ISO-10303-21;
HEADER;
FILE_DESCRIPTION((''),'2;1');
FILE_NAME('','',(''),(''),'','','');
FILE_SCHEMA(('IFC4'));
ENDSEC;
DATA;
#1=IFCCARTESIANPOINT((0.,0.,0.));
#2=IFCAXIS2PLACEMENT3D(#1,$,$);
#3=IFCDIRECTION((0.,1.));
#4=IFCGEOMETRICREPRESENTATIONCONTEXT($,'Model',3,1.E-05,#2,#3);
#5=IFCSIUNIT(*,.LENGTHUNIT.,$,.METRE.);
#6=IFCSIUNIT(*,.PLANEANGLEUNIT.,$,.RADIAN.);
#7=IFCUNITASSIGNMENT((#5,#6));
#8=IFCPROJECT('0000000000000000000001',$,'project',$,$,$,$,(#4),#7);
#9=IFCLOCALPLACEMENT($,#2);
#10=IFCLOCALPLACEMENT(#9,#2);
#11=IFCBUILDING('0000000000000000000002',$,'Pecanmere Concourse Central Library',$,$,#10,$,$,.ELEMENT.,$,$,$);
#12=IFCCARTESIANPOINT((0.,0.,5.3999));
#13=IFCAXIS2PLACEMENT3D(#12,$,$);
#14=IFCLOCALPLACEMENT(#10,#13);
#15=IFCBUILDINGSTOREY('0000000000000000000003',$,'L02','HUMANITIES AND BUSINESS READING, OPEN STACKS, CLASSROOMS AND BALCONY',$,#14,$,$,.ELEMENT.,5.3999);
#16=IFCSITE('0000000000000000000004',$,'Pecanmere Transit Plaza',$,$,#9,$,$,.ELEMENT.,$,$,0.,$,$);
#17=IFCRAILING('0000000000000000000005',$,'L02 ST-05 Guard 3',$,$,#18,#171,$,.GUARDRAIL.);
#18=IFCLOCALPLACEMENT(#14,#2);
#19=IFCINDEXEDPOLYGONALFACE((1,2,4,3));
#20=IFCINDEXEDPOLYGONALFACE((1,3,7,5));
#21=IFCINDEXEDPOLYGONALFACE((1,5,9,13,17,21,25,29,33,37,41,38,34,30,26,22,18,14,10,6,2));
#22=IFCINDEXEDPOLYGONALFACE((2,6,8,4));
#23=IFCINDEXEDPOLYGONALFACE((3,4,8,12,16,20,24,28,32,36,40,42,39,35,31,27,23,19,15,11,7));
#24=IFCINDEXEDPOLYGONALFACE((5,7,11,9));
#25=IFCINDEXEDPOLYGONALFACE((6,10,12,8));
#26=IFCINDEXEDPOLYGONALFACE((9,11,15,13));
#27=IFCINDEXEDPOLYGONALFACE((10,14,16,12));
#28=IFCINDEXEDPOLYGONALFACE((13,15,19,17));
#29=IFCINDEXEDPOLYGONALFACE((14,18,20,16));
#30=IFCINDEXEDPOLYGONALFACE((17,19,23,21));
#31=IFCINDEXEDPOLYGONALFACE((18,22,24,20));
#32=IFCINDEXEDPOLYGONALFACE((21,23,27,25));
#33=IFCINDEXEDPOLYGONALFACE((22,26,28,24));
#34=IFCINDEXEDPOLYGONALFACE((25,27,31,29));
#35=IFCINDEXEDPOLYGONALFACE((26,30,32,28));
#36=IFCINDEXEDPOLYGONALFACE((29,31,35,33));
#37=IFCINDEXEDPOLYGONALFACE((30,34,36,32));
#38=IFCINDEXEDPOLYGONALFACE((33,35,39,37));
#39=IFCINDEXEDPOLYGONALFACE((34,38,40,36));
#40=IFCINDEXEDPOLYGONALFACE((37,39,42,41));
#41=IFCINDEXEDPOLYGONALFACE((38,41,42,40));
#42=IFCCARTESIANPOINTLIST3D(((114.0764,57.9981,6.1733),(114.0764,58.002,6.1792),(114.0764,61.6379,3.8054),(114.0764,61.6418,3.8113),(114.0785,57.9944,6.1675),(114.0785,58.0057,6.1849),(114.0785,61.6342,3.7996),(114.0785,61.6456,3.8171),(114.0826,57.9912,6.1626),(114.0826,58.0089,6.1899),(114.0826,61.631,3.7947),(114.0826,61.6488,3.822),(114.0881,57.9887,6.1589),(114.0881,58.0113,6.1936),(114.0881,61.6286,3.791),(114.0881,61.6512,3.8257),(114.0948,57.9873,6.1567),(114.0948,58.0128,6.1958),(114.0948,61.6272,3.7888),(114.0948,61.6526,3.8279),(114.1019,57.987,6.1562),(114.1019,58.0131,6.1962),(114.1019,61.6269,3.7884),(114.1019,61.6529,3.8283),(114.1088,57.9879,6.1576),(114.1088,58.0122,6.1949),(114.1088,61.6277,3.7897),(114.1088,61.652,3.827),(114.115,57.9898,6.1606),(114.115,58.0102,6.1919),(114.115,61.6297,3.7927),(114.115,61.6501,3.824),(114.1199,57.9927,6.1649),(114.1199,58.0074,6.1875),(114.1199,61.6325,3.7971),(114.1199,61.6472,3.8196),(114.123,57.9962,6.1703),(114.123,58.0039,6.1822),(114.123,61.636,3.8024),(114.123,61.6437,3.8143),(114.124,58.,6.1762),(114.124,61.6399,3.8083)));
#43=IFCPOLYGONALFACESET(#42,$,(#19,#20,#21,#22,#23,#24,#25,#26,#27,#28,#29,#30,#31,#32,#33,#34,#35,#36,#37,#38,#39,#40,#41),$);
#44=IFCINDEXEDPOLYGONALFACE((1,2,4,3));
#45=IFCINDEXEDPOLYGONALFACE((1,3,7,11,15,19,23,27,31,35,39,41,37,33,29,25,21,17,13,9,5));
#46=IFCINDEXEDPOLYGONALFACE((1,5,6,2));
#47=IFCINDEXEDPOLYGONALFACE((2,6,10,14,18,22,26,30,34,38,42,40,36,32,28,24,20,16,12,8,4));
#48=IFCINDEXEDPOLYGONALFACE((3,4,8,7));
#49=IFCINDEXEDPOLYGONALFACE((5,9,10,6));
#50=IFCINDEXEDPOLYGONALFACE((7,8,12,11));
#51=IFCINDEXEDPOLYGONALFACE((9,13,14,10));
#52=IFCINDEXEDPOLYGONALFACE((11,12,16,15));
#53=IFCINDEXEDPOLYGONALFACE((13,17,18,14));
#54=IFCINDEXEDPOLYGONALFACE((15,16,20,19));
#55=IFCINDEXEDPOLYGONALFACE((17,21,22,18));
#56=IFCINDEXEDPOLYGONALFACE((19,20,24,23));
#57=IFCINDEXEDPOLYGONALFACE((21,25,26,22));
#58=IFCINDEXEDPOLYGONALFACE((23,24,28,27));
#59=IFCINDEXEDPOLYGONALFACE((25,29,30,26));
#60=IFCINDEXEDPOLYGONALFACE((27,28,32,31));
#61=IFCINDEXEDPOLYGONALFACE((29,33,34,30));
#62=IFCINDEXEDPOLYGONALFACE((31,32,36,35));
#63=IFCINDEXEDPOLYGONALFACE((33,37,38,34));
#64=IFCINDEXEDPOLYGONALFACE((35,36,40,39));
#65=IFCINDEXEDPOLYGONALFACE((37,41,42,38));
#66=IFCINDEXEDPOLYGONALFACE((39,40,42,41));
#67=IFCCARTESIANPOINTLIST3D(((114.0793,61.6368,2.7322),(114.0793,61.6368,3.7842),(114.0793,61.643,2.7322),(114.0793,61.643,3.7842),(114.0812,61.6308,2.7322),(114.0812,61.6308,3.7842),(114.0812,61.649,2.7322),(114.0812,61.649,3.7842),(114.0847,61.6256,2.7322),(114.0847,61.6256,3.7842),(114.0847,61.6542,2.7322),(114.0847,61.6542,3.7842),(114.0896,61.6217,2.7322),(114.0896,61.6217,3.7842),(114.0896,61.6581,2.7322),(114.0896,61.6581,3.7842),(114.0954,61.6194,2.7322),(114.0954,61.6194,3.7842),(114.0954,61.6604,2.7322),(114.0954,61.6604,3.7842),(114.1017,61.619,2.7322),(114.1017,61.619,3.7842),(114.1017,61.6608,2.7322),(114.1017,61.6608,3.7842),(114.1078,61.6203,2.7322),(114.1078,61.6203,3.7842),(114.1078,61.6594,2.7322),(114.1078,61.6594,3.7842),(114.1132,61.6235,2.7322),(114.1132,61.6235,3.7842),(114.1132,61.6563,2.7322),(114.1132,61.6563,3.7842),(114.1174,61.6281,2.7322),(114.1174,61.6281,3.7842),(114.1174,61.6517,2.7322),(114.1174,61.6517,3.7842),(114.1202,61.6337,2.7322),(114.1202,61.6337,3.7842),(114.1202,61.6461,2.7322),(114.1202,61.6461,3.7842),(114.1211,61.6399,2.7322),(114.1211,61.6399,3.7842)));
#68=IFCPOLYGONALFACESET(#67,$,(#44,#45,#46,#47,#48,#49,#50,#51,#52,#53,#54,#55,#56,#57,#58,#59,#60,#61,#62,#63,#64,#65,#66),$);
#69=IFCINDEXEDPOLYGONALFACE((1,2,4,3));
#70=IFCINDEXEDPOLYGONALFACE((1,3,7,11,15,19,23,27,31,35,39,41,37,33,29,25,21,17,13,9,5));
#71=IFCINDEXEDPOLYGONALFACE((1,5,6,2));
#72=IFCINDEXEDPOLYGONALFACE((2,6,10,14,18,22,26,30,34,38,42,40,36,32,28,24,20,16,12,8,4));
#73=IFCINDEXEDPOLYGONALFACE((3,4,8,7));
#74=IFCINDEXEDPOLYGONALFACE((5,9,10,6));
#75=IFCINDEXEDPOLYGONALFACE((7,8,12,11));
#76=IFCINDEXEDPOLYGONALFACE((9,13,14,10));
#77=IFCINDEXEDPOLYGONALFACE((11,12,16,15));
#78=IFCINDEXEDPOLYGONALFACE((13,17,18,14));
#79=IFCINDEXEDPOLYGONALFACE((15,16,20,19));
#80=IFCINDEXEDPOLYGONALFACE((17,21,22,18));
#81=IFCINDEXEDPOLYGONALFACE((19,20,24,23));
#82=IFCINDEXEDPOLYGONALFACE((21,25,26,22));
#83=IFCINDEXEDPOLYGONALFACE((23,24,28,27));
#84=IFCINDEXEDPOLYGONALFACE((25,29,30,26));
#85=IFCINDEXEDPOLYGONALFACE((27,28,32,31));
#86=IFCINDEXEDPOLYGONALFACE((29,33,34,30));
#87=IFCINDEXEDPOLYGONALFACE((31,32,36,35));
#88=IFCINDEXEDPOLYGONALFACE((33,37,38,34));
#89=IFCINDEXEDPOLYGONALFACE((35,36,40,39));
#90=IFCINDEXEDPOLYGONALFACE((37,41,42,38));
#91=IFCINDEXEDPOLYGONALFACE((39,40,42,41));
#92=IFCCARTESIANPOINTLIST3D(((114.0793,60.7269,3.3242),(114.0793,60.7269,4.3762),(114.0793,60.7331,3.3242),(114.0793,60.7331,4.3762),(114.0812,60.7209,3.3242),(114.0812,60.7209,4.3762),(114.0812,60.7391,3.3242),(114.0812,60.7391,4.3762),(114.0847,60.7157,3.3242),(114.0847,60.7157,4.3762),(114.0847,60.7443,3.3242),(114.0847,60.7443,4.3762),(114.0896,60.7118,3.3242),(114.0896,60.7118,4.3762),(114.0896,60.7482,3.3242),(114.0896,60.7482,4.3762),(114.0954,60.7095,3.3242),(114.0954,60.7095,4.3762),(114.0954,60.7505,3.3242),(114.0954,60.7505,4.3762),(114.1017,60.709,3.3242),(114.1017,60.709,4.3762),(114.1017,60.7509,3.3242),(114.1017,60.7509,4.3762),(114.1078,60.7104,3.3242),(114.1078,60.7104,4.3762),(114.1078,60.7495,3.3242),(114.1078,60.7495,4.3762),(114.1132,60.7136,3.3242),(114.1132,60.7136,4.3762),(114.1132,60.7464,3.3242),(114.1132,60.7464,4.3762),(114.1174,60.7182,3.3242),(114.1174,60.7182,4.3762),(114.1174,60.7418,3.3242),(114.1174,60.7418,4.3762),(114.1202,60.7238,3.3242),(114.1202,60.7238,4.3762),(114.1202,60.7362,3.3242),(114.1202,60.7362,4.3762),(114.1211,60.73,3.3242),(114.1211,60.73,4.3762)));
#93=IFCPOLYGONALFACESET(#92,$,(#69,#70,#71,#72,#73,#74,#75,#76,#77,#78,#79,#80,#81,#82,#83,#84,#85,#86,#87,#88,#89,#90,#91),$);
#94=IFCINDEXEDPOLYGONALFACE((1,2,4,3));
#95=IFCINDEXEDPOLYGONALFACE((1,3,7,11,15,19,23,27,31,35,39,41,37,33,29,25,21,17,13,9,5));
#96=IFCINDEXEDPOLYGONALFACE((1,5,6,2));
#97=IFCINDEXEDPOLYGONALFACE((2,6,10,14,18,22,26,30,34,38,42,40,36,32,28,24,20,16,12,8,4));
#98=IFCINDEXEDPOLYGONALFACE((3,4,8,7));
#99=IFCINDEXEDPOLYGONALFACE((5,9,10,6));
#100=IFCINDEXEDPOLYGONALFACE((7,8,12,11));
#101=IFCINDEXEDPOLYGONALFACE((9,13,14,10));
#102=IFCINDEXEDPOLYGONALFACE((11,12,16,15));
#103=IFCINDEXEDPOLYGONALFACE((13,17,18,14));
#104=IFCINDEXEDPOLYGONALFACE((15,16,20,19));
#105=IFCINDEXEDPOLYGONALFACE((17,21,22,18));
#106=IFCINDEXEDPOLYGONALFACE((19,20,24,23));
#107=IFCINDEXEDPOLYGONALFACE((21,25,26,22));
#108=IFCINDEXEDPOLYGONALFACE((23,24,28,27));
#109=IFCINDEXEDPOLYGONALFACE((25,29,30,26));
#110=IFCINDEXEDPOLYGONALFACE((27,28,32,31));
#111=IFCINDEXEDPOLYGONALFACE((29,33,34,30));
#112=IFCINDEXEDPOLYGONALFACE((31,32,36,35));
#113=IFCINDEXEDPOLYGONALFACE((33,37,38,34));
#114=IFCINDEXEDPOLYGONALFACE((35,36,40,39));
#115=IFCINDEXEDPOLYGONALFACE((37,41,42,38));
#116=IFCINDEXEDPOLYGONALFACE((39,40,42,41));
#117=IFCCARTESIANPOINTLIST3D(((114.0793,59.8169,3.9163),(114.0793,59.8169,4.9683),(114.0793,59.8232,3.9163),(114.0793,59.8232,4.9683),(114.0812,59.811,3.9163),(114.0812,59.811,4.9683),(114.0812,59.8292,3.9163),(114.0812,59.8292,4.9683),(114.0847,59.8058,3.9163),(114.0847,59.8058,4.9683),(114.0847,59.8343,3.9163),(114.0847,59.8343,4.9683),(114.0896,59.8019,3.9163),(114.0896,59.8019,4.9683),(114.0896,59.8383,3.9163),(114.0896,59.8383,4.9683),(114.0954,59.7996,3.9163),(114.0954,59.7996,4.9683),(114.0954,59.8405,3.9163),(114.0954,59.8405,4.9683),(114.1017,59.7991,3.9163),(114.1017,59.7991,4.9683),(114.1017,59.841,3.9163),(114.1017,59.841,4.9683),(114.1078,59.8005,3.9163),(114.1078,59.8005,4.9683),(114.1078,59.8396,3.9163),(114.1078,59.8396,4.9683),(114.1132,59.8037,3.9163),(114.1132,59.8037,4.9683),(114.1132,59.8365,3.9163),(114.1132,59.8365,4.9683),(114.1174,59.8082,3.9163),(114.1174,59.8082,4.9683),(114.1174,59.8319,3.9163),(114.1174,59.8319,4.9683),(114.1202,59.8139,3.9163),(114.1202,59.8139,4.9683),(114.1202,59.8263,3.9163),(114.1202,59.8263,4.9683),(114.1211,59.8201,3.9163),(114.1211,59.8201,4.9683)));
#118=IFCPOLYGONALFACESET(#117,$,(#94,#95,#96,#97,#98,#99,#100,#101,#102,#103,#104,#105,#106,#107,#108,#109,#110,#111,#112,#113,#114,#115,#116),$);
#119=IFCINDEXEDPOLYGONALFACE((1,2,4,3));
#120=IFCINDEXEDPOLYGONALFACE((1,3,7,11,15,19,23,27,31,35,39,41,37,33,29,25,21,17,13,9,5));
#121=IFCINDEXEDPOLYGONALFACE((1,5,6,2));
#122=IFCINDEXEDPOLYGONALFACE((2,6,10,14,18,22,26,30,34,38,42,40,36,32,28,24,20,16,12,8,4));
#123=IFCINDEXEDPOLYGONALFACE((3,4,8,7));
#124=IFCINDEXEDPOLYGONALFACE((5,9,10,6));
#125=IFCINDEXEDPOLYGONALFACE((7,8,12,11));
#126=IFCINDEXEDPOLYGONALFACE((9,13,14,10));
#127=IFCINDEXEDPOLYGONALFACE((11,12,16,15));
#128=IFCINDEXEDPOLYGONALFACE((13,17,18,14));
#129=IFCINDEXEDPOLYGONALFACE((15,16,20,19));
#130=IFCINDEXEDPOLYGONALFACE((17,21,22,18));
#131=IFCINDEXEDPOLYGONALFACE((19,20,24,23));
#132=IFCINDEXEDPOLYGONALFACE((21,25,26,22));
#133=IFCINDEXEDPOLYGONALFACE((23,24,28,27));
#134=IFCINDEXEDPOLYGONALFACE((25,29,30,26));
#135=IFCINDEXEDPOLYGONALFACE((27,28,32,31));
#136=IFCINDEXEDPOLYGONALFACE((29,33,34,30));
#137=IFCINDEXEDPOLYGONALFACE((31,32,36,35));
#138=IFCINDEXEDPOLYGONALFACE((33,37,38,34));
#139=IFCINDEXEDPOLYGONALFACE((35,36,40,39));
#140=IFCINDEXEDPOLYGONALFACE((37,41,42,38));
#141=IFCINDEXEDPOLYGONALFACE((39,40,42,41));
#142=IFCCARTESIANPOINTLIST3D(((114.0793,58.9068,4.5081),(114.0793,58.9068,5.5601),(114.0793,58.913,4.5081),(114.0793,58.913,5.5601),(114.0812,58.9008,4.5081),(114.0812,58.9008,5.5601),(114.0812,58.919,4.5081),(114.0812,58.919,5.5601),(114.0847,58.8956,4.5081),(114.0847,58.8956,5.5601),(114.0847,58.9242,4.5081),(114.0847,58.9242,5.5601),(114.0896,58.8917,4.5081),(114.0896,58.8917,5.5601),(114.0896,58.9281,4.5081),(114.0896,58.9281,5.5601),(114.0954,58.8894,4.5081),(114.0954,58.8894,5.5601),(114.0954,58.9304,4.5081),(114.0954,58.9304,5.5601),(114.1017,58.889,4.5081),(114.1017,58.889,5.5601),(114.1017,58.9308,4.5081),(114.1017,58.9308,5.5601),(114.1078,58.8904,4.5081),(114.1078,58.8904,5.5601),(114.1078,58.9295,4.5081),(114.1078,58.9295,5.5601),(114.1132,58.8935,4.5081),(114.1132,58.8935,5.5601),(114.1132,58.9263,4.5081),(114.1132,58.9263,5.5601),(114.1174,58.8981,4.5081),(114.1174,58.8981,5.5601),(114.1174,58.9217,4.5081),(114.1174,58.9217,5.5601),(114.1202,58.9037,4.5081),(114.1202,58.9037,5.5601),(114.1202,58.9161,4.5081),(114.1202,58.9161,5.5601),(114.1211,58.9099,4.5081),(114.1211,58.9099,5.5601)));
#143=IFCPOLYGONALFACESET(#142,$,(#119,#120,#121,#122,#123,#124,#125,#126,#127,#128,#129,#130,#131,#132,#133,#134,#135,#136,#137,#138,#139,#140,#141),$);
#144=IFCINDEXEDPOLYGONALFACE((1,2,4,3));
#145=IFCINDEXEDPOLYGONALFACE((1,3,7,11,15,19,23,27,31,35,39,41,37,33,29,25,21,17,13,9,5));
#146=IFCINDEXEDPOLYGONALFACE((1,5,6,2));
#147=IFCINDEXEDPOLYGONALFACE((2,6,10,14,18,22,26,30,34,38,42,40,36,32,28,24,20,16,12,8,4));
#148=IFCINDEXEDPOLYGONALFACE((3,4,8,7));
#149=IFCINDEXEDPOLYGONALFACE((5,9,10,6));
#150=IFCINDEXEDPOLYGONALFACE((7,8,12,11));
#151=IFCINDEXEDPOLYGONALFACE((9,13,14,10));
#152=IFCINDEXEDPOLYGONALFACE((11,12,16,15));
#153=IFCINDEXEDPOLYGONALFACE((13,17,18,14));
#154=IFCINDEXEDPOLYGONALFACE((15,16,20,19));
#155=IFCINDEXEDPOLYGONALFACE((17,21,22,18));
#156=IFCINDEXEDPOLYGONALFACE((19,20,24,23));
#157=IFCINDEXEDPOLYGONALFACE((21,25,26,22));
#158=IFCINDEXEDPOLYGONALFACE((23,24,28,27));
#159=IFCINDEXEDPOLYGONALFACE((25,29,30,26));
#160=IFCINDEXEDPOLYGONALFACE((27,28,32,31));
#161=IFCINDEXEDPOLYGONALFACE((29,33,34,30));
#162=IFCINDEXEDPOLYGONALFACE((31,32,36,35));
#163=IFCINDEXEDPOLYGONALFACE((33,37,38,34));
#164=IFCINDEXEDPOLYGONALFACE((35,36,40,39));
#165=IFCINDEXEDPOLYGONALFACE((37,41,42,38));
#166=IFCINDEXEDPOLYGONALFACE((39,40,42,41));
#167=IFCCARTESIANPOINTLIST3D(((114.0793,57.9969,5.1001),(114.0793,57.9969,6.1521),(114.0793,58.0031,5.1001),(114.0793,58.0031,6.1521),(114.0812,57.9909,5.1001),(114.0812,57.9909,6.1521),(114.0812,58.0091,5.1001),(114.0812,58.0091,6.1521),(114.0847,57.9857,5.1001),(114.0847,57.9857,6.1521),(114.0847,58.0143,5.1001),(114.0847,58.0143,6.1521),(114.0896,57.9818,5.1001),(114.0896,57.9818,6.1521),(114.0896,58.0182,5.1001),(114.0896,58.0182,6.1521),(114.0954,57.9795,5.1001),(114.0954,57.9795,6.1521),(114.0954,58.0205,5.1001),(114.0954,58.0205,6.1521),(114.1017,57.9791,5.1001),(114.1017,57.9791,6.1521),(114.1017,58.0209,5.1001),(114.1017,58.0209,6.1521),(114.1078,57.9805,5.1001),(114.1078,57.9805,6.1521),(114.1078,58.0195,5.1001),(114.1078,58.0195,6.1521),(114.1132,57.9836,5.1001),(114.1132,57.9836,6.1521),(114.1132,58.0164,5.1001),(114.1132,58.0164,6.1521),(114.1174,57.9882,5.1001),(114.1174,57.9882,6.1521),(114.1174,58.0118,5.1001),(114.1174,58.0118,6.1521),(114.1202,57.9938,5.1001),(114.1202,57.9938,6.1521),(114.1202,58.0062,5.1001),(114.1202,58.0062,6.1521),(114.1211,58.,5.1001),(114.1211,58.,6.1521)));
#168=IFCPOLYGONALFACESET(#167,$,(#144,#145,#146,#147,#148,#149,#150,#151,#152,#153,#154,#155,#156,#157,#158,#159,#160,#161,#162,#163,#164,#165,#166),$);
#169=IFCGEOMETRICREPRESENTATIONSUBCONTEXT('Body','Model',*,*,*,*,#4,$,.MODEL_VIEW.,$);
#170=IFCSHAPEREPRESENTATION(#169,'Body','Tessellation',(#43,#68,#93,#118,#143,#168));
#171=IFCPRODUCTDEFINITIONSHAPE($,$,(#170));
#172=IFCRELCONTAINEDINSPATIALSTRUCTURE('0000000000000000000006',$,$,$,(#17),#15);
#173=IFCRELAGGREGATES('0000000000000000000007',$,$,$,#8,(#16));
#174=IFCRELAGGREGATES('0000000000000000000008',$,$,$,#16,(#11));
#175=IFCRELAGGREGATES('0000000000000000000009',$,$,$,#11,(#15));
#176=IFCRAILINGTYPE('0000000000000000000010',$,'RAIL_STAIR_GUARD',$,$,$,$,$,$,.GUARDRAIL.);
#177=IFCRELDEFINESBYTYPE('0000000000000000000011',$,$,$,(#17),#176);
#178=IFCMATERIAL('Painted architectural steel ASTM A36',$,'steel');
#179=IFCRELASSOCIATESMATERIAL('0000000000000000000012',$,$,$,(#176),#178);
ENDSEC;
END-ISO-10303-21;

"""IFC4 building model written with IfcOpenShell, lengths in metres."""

from ifc_helpers import new_model, si_unit, direction, frame, origin, origin_2d, place, context, subcontext, project, spatial, circle, extrude, material, type_object, element, save


model = new_model("IFC4")

# Units and contexts
model_context = context("Model", 3, precision=1e-05, world=origin(), true_north=direction((0.0, 1.0)))
body_context = subcontext(model_context, "Body", "Model", "MODEL_VIEW")
ifc_project = project(units=[si_unit("LENGTHUNIT", "METRE"), si_unit("PLANEANGLEUNIT", "RADIAN")], contexts=[model_context])

# Site, building, storey
site_placement = place(None, origin())
site = spatial("IfcSite", under=ifc_project, at=site_placement, Name="Pecanmere Transit Plaza", CompositionType="ELEMENT", RefElevation=0.0)
building_placement = place(site_placement, origin())
building = spatial("IfcBuilding", under=site, at=building_placement, Name="Pecanmere Concourse Central Library", CompositionType="ELEMENT")
storey_placement = place(building_placement, frame((0.0, 0.0, 5.3999)))
storey = spatial("IfcBuildingStorey", under=building, at=storey_placement, Name="L02", Description="HUMANITIES AND BUSINESS READING, OPEN STACKS, CLASSROOMS AND BALCONY", CompositionType="ELEMENT", Elevation=5.3999)

# Railing
ifc_material_1 = material(Name="Painted architectural steel ASTM A36", Category="steel")
railing_type_1 = type_object("IfcRailingType", Name="RAIL_STAIR_GUARD", PredefinedType="GUARDRAIL", material=ifc_material_1)
railing_1_placement = place(storey_placement, frame((114.1001, 61.6399, 2.7322)))
element("IfcRailing", 1, at=railing_1_placement, inside=storey, type_object=railing_type_1, Name="L02 ST-05 Guard 3", PredefinedType="GUARDRAIL", context=body_context, shape_type="SweptSolid", body=[
    extrude(circle(Radius=0.0239, at=origin_2d()), frame((0.0, 0.0, 1.0762), z_axis=(0.0, -0.838234, 0.54531), x_axis=(1.0, 0.0, 0.0)), (0.0, 0.0, 1.0), 4.3423),
    extrude(circle(Radius=0.021, at=origin_2d()), origin(), (0.0, 0.0, 1.0), 1.052),
    extrude(circle(Radius=0.021, at=origin_2d()), frame((0.0, -0.9099, 0.592)), (0.0, 0.0, 1.0), 1.052),
    extrude(circle(Radius=0.021, at=origin_2d()), frame((0.0, -1.8198, 1.1841)), (0.0, 0.0, 1.0), 1.052),
    extrude(circle(Radius=0.021, at=origin_2d()), frame((0.0, -2.73, 1.7759)), (0.0, 0.0, 1.0), 1.052),
    extrude(circle(Radius=0.021, at=origin_2d()), frame((0.0, -3.6399, 2.3679)), (0.0, 0.0, 1.0), 1.052),
])

save(model, "model.ifc")
